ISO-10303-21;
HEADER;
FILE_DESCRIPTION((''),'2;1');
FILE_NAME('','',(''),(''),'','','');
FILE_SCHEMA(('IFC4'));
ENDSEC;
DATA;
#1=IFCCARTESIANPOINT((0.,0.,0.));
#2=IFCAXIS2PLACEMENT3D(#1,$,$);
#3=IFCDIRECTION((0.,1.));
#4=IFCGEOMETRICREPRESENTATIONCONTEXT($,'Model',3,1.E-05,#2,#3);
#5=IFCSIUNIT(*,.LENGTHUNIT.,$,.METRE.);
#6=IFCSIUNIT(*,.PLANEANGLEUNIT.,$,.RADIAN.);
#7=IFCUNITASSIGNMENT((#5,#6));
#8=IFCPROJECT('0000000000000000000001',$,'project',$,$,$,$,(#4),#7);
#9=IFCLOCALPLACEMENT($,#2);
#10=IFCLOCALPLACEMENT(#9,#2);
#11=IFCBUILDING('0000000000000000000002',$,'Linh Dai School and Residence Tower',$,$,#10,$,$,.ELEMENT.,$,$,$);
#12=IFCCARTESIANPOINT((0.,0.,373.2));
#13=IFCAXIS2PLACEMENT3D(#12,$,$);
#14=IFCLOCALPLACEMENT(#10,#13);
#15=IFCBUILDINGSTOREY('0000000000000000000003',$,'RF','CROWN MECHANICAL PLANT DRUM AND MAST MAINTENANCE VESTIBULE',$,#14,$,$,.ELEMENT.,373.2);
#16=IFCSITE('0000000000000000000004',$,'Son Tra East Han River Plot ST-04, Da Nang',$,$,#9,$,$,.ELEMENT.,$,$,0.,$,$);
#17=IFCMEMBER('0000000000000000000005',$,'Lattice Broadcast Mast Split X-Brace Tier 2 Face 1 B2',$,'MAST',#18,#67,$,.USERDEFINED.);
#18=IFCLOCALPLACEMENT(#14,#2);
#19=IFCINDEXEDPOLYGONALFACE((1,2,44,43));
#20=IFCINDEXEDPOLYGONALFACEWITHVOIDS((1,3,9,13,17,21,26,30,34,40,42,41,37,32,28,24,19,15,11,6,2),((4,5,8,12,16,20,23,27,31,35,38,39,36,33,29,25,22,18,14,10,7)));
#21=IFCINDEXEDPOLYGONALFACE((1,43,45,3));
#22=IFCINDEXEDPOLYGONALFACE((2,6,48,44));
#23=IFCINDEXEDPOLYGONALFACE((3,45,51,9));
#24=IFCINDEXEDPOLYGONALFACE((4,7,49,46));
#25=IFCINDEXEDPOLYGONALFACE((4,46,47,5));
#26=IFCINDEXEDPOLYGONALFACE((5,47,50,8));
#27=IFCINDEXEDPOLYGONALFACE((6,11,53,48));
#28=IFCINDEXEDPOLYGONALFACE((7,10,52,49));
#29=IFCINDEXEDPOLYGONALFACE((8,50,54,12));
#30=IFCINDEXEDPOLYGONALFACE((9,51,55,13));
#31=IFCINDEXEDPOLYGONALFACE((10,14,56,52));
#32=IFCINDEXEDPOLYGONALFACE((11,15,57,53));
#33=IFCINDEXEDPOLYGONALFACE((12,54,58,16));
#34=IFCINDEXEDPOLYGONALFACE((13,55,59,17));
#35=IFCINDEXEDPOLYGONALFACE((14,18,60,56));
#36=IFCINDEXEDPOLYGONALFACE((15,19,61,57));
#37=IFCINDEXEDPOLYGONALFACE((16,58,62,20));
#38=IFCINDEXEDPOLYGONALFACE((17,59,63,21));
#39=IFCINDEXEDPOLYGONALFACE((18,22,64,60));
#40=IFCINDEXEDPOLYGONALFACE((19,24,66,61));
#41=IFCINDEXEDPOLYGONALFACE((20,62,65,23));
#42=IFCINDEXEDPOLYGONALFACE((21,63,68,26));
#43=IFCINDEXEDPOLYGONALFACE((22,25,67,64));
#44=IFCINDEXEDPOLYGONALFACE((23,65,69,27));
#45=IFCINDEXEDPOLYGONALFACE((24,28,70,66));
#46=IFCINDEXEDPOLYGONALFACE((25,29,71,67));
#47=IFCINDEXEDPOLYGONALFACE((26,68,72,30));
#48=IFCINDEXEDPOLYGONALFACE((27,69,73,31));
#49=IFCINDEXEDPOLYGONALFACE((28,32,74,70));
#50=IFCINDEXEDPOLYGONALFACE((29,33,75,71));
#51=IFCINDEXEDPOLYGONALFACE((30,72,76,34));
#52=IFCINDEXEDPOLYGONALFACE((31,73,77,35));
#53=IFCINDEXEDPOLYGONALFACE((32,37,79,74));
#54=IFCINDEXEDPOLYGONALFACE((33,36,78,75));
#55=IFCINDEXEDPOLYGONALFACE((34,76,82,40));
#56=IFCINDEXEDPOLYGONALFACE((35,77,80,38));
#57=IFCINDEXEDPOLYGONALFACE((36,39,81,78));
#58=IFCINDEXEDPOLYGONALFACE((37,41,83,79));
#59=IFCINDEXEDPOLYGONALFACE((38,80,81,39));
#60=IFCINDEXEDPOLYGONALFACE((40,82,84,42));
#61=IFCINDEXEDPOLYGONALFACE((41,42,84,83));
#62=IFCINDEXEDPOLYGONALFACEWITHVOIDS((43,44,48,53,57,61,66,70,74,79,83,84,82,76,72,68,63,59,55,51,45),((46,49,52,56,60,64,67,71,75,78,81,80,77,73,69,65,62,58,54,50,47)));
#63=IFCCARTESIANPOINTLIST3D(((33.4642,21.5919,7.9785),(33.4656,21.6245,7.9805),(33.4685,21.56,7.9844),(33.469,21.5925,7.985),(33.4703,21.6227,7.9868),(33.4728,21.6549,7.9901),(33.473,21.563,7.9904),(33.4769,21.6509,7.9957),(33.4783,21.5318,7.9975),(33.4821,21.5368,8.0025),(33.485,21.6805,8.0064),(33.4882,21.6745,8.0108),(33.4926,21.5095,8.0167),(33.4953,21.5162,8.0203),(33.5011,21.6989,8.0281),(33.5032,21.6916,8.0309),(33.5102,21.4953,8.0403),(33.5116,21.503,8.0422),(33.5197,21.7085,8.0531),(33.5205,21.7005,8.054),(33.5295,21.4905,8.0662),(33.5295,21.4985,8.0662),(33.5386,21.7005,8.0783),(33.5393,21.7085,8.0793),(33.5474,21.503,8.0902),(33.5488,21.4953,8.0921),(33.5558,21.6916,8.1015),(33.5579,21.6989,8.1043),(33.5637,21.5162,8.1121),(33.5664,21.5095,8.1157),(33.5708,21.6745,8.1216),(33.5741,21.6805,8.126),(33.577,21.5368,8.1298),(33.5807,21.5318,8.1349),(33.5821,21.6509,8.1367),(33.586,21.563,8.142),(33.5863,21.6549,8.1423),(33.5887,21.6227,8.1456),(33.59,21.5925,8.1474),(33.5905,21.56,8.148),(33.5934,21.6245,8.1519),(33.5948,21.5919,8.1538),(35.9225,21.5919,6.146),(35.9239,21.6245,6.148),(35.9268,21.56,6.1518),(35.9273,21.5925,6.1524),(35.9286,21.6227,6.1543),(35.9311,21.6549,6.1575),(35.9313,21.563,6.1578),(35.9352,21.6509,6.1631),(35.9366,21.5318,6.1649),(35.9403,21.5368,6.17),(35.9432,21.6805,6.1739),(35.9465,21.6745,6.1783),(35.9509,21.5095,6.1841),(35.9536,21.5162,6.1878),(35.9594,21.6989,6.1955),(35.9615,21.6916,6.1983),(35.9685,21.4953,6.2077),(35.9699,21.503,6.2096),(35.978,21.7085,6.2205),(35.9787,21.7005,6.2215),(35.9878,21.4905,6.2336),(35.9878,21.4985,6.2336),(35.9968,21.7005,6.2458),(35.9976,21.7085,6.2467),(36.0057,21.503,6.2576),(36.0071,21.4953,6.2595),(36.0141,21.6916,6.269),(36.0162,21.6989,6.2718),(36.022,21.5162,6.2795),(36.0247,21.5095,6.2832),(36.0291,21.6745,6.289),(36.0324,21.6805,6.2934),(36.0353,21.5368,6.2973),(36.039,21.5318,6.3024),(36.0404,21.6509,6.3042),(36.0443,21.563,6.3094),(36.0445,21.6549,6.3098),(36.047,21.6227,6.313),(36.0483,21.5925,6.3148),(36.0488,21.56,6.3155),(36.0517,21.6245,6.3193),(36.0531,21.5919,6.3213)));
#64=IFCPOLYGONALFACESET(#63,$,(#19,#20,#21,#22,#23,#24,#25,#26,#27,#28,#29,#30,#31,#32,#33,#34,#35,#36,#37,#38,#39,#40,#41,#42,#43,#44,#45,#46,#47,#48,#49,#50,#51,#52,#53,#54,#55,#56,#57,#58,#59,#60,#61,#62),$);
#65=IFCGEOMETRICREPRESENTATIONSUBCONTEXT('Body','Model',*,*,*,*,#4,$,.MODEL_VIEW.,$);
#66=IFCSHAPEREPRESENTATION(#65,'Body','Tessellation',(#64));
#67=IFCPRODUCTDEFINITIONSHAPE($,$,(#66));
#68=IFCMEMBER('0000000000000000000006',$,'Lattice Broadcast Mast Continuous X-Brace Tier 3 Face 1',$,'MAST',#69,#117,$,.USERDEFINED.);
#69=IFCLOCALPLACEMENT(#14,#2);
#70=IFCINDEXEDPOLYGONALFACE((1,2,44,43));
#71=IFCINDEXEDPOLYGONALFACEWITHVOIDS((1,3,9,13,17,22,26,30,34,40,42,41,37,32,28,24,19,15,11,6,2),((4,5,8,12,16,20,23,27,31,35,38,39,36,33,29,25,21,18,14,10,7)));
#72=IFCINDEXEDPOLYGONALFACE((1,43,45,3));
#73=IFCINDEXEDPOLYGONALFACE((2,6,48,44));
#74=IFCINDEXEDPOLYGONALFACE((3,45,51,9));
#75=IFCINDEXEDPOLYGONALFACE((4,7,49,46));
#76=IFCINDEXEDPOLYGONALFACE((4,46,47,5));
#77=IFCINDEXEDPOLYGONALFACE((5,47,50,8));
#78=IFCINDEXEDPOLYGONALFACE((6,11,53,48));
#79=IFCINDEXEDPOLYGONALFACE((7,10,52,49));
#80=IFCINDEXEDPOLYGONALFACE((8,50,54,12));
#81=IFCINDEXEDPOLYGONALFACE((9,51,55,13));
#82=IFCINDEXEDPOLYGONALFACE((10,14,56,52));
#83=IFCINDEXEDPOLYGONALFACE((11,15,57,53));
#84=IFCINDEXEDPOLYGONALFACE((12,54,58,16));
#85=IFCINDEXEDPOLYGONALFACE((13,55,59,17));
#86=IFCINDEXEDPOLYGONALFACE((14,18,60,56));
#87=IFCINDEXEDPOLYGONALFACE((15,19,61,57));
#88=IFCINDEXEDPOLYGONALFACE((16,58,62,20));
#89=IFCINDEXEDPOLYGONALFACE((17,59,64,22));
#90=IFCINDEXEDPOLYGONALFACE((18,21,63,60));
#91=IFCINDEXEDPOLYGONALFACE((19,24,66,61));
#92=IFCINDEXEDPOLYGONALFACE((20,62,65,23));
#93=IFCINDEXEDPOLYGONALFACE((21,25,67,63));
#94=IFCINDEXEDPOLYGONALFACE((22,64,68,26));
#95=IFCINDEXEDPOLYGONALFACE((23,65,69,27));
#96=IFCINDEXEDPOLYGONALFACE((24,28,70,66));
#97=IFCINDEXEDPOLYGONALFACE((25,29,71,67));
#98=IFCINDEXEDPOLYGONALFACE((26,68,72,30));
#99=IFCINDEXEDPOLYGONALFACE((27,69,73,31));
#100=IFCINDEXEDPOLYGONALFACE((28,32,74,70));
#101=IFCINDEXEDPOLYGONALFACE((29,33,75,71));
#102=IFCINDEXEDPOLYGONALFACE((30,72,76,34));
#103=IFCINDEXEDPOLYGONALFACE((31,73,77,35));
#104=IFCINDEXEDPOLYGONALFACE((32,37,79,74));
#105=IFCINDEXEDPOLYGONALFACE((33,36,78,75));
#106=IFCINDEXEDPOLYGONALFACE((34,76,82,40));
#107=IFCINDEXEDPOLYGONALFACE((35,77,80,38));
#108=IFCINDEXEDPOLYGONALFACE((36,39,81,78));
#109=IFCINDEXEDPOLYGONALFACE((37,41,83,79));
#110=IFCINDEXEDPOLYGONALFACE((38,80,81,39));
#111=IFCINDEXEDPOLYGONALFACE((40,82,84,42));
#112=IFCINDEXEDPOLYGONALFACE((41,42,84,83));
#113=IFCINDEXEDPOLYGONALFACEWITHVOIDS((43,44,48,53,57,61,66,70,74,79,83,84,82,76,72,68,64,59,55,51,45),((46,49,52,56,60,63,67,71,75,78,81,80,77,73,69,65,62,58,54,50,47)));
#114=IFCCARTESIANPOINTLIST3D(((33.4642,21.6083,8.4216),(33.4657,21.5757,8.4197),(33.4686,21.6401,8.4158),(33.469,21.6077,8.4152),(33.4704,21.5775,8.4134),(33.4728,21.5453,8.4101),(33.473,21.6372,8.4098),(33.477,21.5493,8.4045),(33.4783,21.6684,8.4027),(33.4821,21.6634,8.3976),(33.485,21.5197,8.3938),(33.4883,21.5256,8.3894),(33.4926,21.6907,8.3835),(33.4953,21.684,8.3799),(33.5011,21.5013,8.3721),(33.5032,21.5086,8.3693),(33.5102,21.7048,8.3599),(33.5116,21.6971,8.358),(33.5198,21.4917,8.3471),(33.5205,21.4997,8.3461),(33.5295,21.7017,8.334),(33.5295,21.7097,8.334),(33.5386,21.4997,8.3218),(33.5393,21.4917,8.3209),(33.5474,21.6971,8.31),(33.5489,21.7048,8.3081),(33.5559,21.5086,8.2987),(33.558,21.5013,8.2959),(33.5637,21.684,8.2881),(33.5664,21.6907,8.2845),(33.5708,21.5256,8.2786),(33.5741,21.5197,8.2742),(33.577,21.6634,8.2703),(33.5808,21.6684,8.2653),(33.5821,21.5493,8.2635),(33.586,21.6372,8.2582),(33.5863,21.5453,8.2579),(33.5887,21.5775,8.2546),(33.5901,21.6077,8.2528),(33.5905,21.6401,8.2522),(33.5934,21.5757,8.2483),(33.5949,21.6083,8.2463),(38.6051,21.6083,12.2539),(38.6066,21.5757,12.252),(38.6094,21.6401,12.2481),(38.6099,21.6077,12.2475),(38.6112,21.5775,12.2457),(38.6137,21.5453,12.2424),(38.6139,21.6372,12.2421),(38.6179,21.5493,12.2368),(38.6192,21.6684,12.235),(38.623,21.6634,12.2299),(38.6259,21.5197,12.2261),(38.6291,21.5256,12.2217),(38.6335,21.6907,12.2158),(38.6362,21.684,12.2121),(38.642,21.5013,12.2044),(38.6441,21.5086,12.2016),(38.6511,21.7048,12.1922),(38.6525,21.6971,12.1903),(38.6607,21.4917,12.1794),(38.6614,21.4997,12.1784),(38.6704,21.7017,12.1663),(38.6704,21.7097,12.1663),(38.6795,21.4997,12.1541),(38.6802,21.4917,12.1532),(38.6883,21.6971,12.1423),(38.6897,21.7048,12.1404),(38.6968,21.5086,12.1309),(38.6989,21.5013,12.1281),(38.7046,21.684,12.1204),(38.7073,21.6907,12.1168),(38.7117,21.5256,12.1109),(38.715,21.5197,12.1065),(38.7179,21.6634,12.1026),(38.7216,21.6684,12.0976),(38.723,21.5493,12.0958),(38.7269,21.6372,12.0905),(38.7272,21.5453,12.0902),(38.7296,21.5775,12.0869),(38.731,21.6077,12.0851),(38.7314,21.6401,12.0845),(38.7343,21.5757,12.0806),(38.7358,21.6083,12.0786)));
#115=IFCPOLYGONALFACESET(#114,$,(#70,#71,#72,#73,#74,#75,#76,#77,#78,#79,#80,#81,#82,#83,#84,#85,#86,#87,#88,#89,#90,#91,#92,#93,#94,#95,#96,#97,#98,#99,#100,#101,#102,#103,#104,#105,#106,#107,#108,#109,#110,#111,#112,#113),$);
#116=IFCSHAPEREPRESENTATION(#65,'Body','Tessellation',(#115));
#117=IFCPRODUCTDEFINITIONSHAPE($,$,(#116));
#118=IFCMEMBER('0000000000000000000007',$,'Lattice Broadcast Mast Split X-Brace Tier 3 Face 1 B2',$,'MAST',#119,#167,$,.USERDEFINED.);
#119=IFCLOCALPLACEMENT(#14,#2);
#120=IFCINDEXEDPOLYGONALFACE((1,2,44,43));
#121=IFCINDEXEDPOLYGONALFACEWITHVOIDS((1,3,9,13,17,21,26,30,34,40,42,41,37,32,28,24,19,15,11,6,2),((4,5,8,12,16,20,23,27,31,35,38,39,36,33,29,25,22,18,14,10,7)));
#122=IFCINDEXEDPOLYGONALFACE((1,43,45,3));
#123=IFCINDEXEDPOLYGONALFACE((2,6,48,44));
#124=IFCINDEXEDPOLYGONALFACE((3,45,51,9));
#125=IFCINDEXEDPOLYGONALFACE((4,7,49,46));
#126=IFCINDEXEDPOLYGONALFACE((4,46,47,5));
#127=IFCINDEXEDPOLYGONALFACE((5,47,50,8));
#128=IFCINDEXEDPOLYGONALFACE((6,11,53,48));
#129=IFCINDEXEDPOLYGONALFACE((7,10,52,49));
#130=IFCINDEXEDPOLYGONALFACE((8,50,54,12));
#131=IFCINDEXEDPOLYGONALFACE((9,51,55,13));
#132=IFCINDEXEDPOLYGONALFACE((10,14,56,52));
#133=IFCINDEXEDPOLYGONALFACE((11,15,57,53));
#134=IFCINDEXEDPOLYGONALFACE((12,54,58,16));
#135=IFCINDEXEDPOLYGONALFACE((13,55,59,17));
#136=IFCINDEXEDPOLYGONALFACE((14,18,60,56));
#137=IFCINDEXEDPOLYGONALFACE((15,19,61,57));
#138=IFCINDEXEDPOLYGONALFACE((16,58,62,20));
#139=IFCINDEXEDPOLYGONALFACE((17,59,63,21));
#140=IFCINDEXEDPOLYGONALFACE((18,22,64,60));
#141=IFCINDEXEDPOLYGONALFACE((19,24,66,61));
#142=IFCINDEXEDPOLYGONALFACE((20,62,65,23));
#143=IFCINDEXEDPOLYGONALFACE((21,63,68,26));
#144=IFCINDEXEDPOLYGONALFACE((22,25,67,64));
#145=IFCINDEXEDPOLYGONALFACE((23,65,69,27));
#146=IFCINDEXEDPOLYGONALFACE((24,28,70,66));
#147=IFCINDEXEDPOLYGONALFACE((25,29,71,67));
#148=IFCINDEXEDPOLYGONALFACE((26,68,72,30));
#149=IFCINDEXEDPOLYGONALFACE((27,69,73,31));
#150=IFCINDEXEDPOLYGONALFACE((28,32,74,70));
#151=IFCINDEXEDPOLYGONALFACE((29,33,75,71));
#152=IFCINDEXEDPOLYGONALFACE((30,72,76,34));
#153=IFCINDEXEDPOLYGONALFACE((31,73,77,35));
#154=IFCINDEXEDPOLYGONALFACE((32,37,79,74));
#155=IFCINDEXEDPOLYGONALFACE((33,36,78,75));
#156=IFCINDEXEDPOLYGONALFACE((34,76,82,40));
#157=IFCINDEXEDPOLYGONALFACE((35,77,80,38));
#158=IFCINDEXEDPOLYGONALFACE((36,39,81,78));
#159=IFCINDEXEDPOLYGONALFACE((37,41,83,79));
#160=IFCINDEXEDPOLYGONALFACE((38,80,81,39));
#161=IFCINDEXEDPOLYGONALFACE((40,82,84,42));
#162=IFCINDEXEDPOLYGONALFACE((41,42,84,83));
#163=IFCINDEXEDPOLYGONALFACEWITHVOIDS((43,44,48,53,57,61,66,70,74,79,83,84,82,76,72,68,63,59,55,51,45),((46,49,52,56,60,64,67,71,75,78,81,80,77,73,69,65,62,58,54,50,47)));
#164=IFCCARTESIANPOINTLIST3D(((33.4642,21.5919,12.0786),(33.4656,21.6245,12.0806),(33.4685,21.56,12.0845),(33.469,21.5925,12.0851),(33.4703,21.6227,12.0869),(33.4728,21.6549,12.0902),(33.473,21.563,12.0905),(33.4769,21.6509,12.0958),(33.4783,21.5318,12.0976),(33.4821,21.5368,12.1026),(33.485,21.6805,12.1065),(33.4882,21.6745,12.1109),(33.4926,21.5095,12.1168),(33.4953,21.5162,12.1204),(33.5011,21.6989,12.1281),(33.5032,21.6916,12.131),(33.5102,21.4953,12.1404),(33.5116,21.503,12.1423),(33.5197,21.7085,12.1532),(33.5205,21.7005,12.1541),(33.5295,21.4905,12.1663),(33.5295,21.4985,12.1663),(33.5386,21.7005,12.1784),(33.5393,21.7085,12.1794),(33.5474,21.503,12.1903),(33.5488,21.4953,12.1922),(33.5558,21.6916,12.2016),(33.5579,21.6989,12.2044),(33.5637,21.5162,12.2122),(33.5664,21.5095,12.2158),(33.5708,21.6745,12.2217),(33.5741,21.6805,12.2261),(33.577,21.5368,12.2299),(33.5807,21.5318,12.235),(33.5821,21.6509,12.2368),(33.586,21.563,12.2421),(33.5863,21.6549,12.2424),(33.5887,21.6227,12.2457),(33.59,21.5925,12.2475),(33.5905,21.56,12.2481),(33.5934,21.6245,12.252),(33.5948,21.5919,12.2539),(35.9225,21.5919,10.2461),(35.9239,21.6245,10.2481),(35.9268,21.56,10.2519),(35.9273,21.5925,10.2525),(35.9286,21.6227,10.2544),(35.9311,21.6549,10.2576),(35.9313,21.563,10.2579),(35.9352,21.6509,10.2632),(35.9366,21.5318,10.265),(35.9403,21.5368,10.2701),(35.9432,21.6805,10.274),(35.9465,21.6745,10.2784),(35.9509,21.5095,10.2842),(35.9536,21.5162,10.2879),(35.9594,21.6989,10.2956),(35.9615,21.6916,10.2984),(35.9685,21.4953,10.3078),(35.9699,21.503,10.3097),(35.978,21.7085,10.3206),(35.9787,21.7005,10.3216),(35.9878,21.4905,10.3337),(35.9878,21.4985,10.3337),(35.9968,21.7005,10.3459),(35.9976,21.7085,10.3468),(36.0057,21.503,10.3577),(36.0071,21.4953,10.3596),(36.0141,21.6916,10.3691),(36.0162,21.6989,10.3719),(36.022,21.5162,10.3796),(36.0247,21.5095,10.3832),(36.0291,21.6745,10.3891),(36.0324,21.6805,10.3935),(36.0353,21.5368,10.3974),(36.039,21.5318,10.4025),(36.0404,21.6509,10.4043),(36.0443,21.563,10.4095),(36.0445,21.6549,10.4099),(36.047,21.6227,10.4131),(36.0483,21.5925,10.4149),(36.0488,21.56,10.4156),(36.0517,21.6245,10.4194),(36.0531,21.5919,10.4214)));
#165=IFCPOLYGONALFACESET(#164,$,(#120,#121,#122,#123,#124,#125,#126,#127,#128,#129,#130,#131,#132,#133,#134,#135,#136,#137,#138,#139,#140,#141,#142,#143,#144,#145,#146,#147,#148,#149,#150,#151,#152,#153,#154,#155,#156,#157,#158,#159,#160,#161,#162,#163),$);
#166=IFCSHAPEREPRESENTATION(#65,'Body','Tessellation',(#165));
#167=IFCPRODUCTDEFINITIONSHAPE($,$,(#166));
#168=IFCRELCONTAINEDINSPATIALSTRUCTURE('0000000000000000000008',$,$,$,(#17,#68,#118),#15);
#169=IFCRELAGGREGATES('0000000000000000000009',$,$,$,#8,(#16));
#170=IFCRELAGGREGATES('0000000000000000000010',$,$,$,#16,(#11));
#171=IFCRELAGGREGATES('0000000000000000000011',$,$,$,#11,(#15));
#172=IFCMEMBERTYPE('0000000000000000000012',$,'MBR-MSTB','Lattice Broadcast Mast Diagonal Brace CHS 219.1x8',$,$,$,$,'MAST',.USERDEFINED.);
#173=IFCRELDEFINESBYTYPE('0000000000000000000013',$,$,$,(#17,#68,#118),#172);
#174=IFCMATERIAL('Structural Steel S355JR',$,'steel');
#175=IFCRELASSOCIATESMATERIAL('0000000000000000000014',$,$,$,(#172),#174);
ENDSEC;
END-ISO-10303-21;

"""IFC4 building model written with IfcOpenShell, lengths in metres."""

from ifc_helpers import new_model, si_unit, direction, frame, origin, origin_2d, place, context, subcontext, project, spatial, hollow_circle, extrude, material, material_profile, profile_set, type_object, element, save


model = new_model("IFC4")

# Units and contexts
model_context = context("Model", 3, precision=1e-05, world=origin(), true_north=direction((0.0, 1.0)))
body_context = subcontext(model_context, "Body", "Model", "MODEL_VIEW")
ifc_project = project(units=[si_unit("LENGTHUNIT", "METRE"), si_unit("PLANEANGLEUNIT", "RADIAN")], contexts=[model_context])

# Site, building, storey
site_placement = place(None, origin())
site = spatial("IfcSite", under=ifc_project, at=site_placement, Name="Son Tra East Han River Plot ST-04, Da Nang", CompositionType="ELEMENT", RefElevation=0.0)
building_placement = place(site_placement, origin())
building = spatial("IfcBuilding", under=site, at=building_placement, Name="Linh Dai School and Residence Tower", CompositionType="ELEMENT")
storey_placement = place(building_placement, frame((0.0, 0.0, 373.2)))
storey = spatial("IfcBuildingStorey", under=building, at=storey_placement, Name="RF", Description="CROWN MECHANICAL PLANT DRUM AND MAST MAINTENANCE VESTIBULE", CompositionType="ELEMENT", Elevation=373.2)

# Shared definitions
ifc_material_1 = material(Name="Structural Steel S355JR", Category="steel")

# Members
ifc_material_profile_1 = material_profile(ifc_material_1, hollow_circle(Radius=0.1096, WallThickness=0.0081, at=origin_2d()), Name="CHS 219.1x8")
ifc_profile_set_1 = profile_set([ifc_material_profile_1], Name="Structural Steel S355JR")
member_type = type_object("IfcMemberType", Name="MBR-MSTB", Description="Lattice Broadcast Mast Diagonal Brace CHS 219.1x8", ElementType="MAST", PredefinedType="USERDEFINED", material=ifc_profile_set_1)
member_1_placement = place(storey_placement, frame((35.9878, 21.6001, 6.2336), z_axis=(-0.801745, 0.0, 0.597666), x_axis=(0.0, -1.0, 0.0)))
element("IfcMember", 1, at=member_1_placement, inside=storey, type_object=member_type, Name="Lattice Broadcast Mast Split X-Brace Tier 2 Face 1 B2", ObjectType="MAST", PredefinedType="USERDEFINED", context=body_context, shape_type="SweptSolid", body=[
    extrude(hollow_circle(Radius=0.1096, WallThickness=0.0081, at=origin_2d()), origin(), (0.0, 0.0, 1.0), 3.0662),
])
member_2_placement = place(storey_placement, frame((33.5295, 21.6001, 8.334), z_axis=(0.801747, 0.0, 0.597664), x_axis=(0.0, 1.0, 0.0)))
element("IfcMember", 2, at=member_2_placement, inside=storey, type_object=member_type, Name="Lattice Broadcast Mast Continuous X-Brace Tier 3 Face 1", ObjectType="MAST", PredefinedType="USERDEFINED", context=body_context, shape_type="SweptSolid", body=[
    extrude(hollow_circle(Radius=0.1096, WallThickness=0.0081, at=origin_2d()), origin(), (0.0, 0.0, 1.0), 6.4121),
])
member_3_placement = place(storey_placement, frame((35.9878, 21.6001, 10.3337), z_axis=(-0.801745, 0.0, 0.597666), x_axis=(0.0, -1.0, 0.0)))
element("IfcMember", 3, at=member_3_placement, inside=storey, type_object=member_type, Name="Lattice Broadcast Mast Split X-Brace Tier 3 Face 1 B2", ObjectType="MAST", PredefinedType="USERDEFINED", context=body_context, shape_type="SweptSolid", body=[
    extrude(hollow_circle(Radius=0.1096, WallThickness=0.0081, at=origin_2d()), origin(), (0.0, 0.0, 1.0), 3.0662),
])

save(model, "model.ifc")
